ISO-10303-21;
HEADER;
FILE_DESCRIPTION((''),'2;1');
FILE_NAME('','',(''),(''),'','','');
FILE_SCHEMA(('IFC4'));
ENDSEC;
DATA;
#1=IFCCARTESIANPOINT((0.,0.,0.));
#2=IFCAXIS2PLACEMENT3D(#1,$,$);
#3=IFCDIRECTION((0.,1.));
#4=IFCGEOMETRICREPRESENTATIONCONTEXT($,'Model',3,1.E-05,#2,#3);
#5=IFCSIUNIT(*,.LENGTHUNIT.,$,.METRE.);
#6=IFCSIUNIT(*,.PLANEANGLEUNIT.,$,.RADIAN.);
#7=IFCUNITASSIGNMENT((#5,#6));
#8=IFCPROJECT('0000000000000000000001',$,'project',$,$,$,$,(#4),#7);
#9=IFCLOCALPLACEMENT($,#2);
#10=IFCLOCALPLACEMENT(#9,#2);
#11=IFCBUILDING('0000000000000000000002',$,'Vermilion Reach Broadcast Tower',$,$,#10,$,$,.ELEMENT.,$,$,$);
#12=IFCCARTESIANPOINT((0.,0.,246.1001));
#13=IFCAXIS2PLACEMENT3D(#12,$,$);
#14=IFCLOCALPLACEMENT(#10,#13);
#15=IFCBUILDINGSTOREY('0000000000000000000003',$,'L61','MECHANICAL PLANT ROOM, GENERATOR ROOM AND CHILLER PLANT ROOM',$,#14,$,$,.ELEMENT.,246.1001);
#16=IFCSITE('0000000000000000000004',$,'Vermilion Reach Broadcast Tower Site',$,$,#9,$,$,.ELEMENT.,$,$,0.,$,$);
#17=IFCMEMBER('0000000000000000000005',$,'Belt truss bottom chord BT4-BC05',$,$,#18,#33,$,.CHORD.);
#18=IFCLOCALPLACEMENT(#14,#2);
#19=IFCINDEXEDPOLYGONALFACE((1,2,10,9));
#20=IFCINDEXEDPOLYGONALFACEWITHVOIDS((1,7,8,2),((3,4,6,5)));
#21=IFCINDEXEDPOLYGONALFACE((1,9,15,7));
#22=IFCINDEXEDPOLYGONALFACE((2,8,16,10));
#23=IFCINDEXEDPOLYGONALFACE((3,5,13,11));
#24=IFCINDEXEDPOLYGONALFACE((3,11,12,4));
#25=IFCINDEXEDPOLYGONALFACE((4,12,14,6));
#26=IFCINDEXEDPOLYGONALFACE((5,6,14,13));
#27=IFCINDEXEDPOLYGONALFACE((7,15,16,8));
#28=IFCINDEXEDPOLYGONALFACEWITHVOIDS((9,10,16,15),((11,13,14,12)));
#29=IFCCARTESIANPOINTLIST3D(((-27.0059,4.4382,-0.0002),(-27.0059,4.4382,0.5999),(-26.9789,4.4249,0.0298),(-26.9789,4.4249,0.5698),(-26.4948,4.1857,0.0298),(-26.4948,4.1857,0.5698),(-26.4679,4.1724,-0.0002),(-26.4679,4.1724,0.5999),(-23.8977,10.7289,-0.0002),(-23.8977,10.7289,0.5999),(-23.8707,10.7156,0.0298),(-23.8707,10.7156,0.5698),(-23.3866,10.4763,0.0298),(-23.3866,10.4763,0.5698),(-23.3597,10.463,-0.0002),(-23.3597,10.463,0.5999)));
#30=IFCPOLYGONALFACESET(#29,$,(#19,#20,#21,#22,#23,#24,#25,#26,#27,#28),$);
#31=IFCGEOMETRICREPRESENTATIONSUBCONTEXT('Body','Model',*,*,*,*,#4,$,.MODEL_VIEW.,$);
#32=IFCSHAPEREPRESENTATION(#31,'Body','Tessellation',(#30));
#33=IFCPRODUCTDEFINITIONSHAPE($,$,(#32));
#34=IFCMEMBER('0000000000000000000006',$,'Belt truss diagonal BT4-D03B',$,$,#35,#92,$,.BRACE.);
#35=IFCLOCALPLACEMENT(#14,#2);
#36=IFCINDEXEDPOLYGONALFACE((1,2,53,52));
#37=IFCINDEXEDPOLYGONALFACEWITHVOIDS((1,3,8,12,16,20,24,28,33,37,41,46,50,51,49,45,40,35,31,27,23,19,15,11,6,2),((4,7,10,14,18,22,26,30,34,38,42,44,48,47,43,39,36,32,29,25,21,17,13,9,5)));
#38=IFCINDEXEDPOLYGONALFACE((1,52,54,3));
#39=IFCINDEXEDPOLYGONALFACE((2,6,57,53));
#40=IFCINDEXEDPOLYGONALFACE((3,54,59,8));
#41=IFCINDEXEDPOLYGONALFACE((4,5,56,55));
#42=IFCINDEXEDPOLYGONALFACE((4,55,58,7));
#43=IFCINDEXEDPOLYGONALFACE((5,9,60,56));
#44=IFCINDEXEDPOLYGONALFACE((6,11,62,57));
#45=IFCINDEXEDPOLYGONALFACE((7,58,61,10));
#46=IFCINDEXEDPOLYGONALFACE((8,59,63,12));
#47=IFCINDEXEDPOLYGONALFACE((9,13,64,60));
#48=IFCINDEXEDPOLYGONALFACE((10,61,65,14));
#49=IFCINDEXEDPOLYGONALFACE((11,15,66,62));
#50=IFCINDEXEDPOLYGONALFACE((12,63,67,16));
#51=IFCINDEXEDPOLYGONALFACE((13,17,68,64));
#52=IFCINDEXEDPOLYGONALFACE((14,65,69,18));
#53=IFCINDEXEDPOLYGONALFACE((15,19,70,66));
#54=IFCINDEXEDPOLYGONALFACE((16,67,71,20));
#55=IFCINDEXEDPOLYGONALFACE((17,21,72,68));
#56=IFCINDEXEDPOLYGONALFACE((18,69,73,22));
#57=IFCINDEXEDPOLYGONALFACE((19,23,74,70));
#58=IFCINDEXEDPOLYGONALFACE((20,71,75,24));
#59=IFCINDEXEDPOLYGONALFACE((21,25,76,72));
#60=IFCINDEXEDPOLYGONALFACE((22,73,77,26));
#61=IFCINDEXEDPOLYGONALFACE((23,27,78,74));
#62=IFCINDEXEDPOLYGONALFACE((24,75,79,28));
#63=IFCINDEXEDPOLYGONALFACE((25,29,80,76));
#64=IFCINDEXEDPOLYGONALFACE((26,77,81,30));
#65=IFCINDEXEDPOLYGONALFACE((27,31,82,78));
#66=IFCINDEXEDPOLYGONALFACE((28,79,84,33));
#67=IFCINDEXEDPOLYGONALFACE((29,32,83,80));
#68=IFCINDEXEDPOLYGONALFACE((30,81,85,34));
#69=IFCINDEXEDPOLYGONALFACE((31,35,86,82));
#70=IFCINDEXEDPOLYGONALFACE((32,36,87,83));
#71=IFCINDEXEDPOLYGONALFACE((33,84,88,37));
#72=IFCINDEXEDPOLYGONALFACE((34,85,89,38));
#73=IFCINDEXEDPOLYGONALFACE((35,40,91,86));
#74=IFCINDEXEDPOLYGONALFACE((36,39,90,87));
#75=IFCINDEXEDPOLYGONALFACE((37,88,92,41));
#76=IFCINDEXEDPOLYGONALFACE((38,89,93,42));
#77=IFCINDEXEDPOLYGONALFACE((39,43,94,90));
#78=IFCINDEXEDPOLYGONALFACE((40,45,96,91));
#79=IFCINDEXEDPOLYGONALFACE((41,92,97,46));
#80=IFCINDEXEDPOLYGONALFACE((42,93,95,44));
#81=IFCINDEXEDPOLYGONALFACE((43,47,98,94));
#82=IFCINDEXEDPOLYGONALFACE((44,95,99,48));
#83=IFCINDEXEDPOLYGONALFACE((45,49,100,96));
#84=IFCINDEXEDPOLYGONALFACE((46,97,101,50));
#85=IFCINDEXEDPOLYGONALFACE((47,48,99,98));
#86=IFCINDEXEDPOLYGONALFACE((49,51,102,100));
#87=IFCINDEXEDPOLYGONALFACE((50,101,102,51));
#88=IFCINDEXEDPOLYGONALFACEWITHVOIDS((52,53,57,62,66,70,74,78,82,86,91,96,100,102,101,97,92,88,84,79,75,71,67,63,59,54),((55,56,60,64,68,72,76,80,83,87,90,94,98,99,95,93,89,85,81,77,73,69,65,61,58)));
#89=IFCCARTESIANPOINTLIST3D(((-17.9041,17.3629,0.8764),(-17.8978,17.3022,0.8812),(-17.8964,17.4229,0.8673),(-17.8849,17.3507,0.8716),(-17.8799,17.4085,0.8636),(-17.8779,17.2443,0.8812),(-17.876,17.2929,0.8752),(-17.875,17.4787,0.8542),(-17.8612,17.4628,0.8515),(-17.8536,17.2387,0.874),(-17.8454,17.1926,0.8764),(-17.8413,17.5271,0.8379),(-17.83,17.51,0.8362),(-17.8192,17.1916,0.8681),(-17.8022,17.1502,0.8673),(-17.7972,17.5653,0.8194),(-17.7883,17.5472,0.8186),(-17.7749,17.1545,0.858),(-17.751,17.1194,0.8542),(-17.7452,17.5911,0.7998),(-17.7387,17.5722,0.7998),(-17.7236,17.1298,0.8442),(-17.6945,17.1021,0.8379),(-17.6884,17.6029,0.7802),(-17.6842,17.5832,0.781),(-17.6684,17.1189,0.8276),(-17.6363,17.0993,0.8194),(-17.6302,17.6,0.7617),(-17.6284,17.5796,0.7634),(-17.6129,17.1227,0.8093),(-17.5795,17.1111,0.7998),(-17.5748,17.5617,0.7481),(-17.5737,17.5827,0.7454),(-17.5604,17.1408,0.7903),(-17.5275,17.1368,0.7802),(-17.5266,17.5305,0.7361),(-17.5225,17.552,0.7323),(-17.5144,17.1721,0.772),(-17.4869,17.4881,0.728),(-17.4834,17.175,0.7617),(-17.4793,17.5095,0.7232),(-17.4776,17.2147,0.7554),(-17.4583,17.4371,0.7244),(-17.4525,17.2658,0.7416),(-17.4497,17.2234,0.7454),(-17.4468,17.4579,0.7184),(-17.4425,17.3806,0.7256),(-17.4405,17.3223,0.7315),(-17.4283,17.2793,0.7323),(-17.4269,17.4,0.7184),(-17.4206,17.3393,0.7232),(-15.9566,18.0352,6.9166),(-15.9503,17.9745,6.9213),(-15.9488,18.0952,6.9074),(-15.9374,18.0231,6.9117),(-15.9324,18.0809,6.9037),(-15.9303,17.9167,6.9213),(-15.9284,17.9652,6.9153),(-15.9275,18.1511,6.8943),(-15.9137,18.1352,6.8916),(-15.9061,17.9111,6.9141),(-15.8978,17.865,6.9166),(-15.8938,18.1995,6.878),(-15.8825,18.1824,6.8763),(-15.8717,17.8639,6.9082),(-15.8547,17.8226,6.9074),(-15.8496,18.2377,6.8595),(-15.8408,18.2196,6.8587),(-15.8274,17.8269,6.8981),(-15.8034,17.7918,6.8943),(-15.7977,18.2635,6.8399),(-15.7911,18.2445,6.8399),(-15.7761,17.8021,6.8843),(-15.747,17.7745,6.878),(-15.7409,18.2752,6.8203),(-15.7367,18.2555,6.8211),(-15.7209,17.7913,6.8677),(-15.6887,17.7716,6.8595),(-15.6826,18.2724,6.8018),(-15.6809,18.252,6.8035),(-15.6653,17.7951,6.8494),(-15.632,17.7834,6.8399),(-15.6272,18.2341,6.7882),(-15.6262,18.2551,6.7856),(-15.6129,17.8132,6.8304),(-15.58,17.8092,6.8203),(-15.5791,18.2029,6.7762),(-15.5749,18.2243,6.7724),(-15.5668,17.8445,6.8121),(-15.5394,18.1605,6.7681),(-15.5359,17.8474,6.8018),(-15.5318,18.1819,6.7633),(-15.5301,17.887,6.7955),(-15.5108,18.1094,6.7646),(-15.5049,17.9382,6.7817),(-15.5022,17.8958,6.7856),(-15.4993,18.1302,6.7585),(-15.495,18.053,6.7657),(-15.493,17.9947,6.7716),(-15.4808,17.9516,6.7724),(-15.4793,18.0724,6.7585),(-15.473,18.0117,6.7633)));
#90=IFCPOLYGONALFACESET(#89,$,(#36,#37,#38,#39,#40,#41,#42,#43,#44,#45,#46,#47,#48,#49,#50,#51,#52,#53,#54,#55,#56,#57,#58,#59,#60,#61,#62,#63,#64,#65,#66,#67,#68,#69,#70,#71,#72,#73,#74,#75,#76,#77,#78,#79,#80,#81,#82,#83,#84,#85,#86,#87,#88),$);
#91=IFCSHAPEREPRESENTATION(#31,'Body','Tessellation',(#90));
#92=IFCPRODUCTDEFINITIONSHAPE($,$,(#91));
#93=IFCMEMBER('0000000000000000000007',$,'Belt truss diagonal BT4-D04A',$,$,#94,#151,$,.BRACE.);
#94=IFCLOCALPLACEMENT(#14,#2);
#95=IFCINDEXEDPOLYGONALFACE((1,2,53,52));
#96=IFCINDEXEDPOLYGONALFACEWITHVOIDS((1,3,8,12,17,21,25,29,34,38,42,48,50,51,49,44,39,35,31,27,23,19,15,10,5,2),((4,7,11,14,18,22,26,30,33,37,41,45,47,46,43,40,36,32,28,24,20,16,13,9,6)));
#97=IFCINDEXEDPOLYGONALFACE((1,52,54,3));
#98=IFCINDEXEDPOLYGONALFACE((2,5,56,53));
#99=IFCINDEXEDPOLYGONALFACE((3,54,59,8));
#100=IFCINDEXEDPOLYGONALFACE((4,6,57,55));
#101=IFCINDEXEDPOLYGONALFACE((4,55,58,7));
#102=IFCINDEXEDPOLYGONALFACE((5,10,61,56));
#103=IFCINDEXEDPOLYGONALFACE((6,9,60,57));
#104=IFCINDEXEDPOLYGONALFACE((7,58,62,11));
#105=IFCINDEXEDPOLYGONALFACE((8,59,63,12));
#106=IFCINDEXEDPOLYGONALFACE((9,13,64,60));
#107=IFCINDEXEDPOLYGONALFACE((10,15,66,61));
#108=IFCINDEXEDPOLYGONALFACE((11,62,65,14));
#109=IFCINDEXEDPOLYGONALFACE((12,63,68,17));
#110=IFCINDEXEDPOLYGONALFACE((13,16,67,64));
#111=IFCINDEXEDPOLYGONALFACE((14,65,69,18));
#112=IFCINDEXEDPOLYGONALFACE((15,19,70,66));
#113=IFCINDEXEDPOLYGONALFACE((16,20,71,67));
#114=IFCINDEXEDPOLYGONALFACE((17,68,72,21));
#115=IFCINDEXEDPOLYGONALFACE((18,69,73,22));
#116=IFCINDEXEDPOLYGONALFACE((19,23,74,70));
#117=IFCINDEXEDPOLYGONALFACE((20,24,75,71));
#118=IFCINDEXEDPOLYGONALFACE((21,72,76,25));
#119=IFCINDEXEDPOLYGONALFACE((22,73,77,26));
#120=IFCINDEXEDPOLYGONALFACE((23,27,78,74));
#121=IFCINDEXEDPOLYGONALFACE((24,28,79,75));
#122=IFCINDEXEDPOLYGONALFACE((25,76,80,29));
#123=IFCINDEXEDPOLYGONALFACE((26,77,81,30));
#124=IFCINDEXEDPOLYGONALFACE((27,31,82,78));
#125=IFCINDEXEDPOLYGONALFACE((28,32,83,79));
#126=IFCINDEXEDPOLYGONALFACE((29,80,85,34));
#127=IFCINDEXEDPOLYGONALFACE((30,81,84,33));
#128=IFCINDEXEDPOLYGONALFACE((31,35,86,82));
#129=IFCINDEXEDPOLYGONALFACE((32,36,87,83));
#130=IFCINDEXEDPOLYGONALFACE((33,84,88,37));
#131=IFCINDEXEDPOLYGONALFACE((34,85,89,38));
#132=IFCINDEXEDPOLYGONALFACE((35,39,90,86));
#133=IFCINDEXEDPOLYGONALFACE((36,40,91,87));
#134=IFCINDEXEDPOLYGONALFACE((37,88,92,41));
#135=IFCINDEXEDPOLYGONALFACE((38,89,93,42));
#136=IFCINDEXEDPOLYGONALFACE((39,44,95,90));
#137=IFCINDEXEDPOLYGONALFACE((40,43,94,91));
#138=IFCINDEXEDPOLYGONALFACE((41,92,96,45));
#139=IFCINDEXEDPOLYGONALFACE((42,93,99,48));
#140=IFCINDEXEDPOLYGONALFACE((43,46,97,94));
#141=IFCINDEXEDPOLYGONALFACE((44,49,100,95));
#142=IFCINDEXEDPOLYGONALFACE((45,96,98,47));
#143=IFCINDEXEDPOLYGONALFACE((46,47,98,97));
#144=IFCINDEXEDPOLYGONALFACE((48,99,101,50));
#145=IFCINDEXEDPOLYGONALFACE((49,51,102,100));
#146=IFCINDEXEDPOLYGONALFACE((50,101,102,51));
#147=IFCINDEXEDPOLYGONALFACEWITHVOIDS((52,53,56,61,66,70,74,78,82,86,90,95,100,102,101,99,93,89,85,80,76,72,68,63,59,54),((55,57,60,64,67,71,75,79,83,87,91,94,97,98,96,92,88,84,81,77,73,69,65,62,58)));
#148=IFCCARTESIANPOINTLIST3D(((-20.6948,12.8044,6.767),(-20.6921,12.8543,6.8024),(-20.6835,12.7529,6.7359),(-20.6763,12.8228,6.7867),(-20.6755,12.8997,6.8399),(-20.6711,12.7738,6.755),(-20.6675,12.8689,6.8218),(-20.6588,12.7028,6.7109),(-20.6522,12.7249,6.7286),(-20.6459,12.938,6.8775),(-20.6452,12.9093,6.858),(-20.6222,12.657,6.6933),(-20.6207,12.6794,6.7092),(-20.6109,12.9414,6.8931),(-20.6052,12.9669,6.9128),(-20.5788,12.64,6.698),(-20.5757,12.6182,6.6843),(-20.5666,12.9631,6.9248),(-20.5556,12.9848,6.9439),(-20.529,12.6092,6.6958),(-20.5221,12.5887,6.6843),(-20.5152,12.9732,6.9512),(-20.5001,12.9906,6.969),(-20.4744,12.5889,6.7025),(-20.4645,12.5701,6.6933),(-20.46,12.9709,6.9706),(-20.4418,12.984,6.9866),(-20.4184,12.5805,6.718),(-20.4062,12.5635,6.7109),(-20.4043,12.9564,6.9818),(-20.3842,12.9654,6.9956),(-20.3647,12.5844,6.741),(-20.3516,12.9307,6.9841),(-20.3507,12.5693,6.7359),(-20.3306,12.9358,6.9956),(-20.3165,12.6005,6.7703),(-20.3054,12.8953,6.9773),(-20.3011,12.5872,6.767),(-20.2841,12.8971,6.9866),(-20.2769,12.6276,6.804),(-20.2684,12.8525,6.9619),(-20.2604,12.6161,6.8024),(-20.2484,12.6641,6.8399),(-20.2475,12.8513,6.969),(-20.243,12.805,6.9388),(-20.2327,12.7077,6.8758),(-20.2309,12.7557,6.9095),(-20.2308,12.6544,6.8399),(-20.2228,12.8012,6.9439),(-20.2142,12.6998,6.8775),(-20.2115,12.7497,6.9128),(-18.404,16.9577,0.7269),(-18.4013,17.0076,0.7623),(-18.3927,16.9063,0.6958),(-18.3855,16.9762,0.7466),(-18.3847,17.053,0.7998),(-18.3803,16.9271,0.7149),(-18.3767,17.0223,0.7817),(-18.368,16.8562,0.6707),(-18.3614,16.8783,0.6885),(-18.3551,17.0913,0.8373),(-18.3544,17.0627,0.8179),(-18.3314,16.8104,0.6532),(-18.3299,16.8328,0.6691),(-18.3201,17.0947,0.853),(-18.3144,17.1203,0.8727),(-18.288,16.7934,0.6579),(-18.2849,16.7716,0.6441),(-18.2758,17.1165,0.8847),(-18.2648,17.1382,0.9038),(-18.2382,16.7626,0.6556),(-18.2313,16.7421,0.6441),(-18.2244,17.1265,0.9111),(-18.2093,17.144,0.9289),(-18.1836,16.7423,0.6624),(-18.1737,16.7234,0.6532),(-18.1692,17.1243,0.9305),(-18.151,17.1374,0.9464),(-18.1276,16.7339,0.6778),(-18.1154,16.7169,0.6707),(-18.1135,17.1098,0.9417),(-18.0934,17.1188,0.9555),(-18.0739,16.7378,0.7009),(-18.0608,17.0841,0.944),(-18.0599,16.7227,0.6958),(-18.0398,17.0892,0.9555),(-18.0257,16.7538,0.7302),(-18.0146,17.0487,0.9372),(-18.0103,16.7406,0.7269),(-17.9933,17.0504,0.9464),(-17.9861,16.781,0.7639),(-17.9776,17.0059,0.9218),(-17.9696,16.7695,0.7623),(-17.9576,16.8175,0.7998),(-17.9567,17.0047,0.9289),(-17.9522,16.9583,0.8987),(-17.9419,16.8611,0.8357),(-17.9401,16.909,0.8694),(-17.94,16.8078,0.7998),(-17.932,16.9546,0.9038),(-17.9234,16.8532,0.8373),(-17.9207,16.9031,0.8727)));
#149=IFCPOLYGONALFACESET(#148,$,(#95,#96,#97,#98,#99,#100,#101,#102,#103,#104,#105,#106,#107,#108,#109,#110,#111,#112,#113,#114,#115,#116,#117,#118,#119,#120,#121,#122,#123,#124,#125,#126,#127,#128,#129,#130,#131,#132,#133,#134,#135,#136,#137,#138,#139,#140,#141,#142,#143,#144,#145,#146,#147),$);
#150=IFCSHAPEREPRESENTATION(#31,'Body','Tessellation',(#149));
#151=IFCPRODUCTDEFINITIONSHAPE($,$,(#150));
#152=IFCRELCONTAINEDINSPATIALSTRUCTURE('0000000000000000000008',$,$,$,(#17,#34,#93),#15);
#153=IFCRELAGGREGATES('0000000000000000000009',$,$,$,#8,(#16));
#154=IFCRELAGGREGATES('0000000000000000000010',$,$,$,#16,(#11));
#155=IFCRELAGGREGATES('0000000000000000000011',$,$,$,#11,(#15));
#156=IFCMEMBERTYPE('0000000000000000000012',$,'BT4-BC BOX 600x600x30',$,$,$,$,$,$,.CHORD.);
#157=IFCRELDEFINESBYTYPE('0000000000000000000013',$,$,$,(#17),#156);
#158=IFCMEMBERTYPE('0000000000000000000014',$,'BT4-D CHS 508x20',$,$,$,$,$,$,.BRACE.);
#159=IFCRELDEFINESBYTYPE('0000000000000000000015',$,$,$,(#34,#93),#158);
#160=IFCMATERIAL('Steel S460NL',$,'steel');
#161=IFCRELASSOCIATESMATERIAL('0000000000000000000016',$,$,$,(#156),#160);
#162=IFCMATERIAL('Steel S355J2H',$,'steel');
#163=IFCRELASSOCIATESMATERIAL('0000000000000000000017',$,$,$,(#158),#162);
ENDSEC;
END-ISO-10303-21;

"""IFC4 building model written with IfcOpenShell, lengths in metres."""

from ifc_helpers import new_model, si_unit, direction, frame, origin, origin_2d, place, context, subcontext, project, spatial, hollow_rectangle, hollow_circle, extrude, material, material_profile, profile_set, type_object, element, save


model = new_model("IFC4")

# Units and contexts
model_context = context("Model", 3, precision=1e-05, world=origin(), true_north=direction((0.0, 1.0)))
body_context = subcontext(model_context, "Body", "Model", "MODEL_VIEW")
ifc_project = project(units=[si_unit("LENGTHUNIT", "METRE"), si_unit("PLANEANGLEUNIT", "RADIAN")], contexts=[model_context])

# Site, building, storey
site_placement = place(None, origin())
site = spatial("IfcSite", under=ifc_project, at=site_placement, Name="Vermilion Reach Broadcast Tower Site", CompositionType="ELEMENT", RefElevation=0.0)
building_placement = place(site_placement, origin())
building = spatial("IfcBuilding", under=site, at=building_placement, Name="Vermilion Reach Broadcast Tower", CompositionType="ELEMENT")
storey_placement = place(building_placement, frame((0.0, 0.0, 246.1001)))
storey = spatial("IfcBuildingStorey", under=building, at=storey_placement, Name="L61", Description="MECHANICAL PLANT ROOM, GENERATOR ROOM AND CHILLER PLANT ROOM", CompositionType="ELEMENT", Elevation=246.1001)

# Members
ifc_material_1 = material(Name="Steel S460NL", Category="steel")
ifc_material_profile_1 = material_profile(ifc_material_1, hollow_rectangle(XDim=0.6001, YDim=0.6001, WallThickness=0.03, at=origin_2d()), Name="S460NL BOX 600x600x30")
ifc_profile_set_1 = profile_set([ifc_material_profile_1], Name="Steel S460NL")
member_type_1 = type_object("IfcMemberType", Name="BT4-BC BOX 600x600x30", PredefinedType="CHORD", material=ifc_profile_set_1)
member_1_placement = place(storey_placement, frame((-23.6287, 10.5959, 0.2998), z_axis=(-0.442977, -0.896533, 0.0), x_axis=(0.896533, -0.442977, 0.0)))
element("IfcMember", 1, at=member_1_placement, inside=storey, type_object=member_type_1, Name="Belt truss bottom chord BT4-BC05", PredefinedType="CHORD", context=body_context, shape_type="SweptSolid", body=[
    extrude(hollow_rectangle(XDim=0.6001, YDim=0.6001, WallThickness=0.03, at=origin_2d()), origin(), (0.0, 0.0, 1.0), 7.0166),
])
ifc_material_2 = material(Name="Steel S355J2H", Category="steel")
ifc_material_profile_2 = material_profile(ifc_material_2, hollow_circle(Radius=0.2539, WallThickness=0.02, at=origin_2d()), Name="S355J2H CHS 508x20")
ifc_profile_set_2 = profile_set([ifc_material_profile_2], Name="Steel S355J2H")
member_type_2 = type_object("IfcMemberType", Name="BT4-D CHS 508x20", PredefinedType="BRACE", material=ifc_profile_set_2)
member_2_placement = place(storey_placement, frame((-17.6624, 17.3511, 0.7998), z_axis=(0.305168, 0.105357, 0.946453), x_axis=(-0.326341, 0.945252, 0.0)))
element("IfcMember", 2, at=member_2_placement, inside=storey, type_object=member_type_2, Name="Belt truss diagonal BT4-D03B", PredefinedType="BRACE", context=body_context, shape_type="SweptSolid", body=[
    extrude(hollow_circle(Radius=0.2539, WallThickness=0.02, at=origin_2d()), origin(), (0.0, 0.0, 1.0), 6.3818),
])
member_3_placement = place(storey_placement, frame((-18.1624, 16.9304, 0.7998), z_axis=(-0.298284, -0.540809, 0.786481), x_axis=(0.875641, -0.482962, 0.0)))
element("IfcMember", 3, at=member_3_placement, inside=storey, type_object=member_type_2, Name="Belt truss diagonal BT4-D04A", PredefinedType="BRACE", context=body_context, shape_type="SweptSolid", body=[
    extrude(hollow_circle(Radius=0.2539, WallThickness=0.02, at=origin_2d()), origin(), (0.0, 0.0, 1.0), 7.6799),
])

save(model, "model.ifc")
